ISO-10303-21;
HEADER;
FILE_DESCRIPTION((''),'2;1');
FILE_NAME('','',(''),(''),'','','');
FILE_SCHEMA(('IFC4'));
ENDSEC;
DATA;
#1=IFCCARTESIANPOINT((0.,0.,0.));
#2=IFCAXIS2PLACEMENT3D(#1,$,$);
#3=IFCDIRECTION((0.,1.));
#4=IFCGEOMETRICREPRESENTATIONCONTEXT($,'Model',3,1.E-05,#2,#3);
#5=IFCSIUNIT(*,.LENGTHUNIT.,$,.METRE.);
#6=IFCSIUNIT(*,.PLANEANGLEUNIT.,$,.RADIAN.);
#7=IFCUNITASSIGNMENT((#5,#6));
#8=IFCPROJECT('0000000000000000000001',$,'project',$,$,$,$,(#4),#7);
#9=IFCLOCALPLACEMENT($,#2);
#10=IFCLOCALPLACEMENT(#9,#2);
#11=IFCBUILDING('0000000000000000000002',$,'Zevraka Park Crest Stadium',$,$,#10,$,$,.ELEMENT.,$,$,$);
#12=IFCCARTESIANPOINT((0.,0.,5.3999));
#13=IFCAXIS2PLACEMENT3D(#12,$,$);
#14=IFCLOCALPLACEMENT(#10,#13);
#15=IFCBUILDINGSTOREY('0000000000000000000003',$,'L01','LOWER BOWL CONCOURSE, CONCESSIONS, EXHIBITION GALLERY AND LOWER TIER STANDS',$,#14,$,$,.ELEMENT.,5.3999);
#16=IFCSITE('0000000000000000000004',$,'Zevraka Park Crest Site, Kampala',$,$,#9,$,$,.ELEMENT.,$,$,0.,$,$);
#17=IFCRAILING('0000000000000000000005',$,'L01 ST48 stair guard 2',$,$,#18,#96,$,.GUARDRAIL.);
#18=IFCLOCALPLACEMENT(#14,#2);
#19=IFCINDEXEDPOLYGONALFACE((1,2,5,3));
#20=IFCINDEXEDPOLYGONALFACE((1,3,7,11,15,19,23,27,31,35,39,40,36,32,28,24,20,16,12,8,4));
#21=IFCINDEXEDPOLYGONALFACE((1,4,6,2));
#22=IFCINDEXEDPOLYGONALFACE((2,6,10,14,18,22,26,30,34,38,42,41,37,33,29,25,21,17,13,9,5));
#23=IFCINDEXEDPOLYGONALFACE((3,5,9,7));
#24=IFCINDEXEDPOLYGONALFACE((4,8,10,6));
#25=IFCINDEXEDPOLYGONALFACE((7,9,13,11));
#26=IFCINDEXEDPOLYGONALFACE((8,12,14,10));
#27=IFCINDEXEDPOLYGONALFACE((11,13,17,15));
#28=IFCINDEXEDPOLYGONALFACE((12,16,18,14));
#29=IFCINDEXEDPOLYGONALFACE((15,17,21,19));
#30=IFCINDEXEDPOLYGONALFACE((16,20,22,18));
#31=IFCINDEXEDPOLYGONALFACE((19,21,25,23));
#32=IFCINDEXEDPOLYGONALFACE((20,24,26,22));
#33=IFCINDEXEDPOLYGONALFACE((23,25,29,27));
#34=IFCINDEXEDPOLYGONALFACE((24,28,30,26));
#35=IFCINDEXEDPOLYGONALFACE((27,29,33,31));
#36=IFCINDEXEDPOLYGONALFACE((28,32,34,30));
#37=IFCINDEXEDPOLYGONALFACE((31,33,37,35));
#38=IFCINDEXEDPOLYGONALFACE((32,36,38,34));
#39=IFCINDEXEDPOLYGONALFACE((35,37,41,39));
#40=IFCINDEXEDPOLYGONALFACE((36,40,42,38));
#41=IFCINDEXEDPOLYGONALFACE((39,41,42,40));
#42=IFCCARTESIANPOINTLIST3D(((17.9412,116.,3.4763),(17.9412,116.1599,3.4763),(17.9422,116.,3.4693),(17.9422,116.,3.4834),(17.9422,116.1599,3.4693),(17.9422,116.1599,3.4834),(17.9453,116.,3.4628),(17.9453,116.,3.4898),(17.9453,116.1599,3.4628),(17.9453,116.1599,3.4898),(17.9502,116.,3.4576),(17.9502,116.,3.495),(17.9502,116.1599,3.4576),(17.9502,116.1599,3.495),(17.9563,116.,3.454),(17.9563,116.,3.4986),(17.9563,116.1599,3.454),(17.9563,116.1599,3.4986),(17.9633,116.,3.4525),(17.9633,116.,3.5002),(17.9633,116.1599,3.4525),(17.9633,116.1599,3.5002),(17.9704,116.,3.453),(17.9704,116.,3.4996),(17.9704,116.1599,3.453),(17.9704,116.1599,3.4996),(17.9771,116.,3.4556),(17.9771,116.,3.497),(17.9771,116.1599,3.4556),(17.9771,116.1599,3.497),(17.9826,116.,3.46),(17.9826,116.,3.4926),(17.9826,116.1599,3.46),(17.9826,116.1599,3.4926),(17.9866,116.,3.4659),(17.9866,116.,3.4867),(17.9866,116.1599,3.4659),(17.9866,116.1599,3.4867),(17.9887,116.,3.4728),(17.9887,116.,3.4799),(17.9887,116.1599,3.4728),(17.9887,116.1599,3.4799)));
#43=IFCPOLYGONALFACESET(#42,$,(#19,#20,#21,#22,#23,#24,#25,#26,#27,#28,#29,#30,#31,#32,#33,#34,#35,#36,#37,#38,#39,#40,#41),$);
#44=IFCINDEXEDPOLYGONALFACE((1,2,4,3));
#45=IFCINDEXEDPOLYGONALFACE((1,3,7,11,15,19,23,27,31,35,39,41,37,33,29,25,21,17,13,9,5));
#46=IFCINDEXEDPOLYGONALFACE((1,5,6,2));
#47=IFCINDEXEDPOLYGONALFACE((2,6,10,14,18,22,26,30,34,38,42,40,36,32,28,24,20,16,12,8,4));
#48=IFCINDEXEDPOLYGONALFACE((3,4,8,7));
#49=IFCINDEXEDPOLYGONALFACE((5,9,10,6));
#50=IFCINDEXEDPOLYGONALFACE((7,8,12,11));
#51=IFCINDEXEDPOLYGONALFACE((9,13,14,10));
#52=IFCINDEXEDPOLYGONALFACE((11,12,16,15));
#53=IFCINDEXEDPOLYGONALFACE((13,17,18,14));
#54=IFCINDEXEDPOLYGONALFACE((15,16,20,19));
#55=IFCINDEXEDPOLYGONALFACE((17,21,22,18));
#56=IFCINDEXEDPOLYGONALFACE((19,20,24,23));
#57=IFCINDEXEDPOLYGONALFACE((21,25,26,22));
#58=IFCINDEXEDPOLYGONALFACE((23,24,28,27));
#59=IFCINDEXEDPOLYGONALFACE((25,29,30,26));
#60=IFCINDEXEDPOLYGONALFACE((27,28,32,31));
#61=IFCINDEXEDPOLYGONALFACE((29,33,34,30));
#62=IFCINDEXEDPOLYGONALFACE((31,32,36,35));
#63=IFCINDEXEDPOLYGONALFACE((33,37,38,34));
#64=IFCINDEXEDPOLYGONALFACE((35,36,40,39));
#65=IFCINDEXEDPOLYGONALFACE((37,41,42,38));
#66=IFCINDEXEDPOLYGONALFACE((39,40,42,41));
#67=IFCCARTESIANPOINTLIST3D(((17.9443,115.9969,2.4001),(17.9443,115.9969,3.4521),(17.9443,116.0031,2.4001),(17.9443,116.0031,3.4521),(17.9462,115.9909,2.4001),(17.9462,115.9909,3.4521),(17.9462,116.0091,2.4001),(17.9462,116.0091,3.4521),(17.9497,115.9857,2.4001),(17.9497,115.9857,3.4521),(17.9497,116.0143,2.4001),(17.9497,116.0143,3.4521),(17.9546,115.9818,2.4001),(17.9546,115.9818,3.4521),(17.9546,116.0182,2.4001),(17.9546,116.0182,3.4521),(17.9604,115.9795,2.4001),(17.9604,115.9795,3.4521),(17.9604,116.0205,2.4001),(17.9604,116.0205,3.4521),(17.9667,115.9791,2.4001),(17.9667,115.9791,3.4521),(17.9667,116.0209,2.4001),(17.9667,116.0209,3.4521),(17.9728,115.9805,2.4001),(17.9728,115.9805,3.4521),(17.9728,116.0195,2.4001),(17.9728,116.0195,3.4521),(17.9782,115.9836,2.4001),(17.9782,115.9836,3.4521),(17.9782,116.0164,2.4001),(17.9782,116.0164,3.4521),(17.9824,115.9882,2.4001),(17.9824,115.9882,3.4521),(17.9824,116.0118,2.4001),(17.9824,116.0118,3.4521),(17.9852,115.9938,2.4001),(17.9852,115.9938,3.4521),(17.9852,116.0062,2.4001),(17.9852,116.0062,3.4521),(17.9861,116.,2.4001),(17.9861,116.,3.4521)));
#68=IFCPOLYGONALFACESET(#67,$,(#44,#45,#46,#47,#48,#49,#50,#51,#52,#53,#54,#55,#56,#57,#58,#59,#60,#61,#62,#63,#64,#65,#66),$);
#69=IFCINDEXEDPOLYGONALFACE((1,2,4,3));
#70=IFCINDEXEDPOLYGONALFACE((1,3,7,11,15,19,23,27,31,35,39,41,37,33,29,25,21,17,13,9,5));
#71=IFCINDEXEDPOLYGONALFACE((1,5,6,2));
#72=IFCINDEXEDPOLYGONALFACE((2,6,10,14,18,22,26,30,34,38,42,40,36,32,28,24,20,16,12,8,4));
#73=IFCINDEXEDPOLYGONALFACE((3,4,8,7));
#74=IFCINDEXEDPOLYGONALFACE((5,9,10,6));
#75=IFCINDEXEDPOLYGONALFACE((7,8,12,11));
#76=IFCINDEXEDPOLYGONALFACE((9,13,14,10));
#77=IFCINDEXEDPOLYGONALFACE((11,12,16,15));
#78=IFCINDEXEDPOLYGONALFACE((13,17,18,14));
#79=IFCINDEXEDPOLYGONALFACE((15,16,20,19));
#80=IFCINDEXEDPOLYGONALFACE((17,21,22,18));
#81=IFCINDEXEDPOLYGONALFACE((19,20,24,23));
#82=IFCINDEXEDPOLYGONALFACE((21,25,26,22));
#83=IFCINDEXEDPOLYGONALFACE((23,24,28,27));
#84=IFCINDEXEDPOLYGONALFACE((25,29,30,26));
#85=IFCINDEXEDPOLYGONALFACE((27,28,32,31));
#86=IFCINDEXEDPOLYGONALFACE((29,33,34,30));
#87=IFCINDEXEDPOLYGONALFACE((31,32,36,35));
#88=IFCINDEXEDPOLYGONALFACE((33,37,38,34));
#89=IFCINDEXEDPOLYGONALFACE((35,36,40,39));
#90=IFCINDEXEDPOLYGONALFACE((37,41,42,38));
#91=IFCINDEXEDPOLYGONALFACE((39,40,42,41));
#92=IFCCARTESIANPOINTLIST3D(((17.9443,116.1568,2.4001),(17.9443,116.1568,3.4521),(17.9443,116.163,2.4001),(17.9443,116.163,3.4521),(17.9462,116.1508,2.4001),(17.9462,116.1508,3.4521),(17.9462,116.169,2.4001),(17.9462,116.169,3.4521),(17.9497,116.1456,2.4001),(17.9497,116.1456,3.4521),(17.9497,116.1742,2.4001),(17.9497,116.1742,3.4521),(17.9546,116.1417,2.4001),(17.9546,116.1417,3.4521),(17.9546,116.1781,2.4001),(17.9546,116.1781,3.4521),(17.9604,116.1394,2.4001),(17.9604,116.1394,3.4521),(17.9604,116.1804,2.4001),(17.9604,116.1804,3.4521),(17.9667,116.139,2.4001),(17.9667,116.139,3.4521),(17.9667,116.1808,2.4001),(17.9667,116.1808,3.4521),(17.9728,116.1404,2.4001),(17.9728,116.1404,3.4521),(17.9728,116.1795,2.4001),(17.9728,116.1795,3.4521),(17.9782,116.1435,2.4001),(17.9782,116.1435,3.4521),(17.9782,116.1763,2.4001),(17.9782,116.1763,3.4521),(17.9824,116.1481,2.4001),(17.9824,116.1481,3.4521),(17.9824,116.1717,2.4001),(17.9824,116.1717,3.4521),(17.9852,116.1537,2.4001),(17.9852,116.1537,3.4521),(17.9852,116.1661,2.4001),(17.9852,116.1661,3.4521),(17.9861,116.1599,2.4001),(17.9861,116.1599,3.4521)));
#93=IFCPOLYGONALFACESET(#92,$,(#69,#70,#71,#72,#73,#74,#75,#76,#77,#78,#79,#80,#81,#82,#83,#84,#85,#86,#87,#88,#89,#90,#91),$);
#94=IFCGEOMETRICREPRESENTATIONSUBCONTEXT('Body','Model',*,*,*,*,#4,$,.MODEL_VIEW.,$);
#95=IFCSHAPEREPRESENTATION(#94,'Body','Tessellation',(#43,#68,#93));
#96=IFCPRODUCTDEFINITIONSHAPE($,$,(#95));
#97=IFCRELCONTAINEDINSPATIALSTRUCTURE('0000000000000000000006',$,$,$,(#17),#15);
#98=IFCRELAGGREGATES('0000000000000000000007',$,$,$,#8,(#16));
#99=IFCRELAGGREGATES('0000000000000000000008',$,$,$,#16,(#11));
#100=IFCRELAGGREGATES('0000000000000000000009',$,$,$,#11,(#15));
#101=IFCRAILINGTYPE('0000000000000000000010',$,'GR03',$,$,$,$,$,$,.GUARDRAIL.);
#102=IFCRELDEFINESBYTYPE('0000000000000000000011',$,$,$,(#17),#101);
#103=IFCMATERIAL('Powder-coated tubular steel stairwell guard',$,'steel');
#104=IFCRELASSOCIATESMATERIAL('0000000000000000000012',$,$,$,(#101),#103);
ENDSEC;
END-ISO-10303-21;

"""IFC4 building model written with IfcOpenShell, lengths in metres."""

from ifc_helpers import new_model, si_unit, direction, frame, origin, origin_2d, place, context, subcontext, project, spatial, circle, extrude, material, type_object, element, save


model = new_model("IFC4")

# Units and contexts
model_context = context("Model", 3, precision=1e-05, world=origin(), true_north=direction((0.0, 1.0)))
body_context = subcontext(model_context, "Body", "Model", "MODEL_VIEW")
ifc_project = project(units=[si_unit("LENGTHUNIT", "METRE"), si_unit("PLANEANGLEUNIT", "RADIAN")], contexts=[model_context])

# Site, building, storey
site_placement = place(None, origin())
site = spatial("IfcSite", under=ifc_project, at=site_placement, Name="Zevraka Park Crest Site, Kampala", CompositionType="ELEMENT", RefElevation=0.0)
building_placement = place(site_placement, origin())
building = spatial("IfcBuilding", under=site, at=building_placement, Name="Zevraka Park Crest Stadium", CompositionType="ELEMENT")
storey_placement = place(building_placement, frame((0.0, 0.0, 5.3999)))
storey = spatial("IfcBuildingStorey", under=building, at=storey_placement, Name="L01", Description="LOWER BOWL CONCOURSE, CONCESSIONS, EXHIBITION GALLERY AND LOWER TIER STANDS", CompositionType="ELEMENT", Elevation=5.3999)

# Railing
ifc_material_1 = material(Name="Powder-coated tubular steel stairwell guard", Category="steel")
railing_type_1 = type_object("IfcRailingType", Name="GR03", PredefinedType="GUARDRAIL", material=ifc_material_1)
railing_1_placement = place(storey_placement, frame((17.9651, 116.0, 2.4001)))
element("IfcRailing", 1, at=railing_1_placement, inside=storey, type_object=railing_type_1, Name="L01 ST48 stair guard 2", PredefinedType="GUARDRAIL", context=body_context, shape_type="SweptSolid", body=[
    extrude(circle(Radius=0.0239, at=origin_2d()), frame((0.0, 0.0, 1.0762), z_axis=(0.0, 1.0, 0.0), x_axis=(-1.0, 0.0, 0.0)), (0.0, 0.0, 1.0), 0.1599),
    extrude(circle(Radius=0.021, at=origin_2d()), origin(), (0.0, 0.0, 1.0), 1.052),
    extrude(circle(Radius=0.021, at=origin_2d()), frame((0.0, 0.1599, 0.0)), (0.0, 0.0, 1.0), 1.052),
])

save(model, "model.ifc")
